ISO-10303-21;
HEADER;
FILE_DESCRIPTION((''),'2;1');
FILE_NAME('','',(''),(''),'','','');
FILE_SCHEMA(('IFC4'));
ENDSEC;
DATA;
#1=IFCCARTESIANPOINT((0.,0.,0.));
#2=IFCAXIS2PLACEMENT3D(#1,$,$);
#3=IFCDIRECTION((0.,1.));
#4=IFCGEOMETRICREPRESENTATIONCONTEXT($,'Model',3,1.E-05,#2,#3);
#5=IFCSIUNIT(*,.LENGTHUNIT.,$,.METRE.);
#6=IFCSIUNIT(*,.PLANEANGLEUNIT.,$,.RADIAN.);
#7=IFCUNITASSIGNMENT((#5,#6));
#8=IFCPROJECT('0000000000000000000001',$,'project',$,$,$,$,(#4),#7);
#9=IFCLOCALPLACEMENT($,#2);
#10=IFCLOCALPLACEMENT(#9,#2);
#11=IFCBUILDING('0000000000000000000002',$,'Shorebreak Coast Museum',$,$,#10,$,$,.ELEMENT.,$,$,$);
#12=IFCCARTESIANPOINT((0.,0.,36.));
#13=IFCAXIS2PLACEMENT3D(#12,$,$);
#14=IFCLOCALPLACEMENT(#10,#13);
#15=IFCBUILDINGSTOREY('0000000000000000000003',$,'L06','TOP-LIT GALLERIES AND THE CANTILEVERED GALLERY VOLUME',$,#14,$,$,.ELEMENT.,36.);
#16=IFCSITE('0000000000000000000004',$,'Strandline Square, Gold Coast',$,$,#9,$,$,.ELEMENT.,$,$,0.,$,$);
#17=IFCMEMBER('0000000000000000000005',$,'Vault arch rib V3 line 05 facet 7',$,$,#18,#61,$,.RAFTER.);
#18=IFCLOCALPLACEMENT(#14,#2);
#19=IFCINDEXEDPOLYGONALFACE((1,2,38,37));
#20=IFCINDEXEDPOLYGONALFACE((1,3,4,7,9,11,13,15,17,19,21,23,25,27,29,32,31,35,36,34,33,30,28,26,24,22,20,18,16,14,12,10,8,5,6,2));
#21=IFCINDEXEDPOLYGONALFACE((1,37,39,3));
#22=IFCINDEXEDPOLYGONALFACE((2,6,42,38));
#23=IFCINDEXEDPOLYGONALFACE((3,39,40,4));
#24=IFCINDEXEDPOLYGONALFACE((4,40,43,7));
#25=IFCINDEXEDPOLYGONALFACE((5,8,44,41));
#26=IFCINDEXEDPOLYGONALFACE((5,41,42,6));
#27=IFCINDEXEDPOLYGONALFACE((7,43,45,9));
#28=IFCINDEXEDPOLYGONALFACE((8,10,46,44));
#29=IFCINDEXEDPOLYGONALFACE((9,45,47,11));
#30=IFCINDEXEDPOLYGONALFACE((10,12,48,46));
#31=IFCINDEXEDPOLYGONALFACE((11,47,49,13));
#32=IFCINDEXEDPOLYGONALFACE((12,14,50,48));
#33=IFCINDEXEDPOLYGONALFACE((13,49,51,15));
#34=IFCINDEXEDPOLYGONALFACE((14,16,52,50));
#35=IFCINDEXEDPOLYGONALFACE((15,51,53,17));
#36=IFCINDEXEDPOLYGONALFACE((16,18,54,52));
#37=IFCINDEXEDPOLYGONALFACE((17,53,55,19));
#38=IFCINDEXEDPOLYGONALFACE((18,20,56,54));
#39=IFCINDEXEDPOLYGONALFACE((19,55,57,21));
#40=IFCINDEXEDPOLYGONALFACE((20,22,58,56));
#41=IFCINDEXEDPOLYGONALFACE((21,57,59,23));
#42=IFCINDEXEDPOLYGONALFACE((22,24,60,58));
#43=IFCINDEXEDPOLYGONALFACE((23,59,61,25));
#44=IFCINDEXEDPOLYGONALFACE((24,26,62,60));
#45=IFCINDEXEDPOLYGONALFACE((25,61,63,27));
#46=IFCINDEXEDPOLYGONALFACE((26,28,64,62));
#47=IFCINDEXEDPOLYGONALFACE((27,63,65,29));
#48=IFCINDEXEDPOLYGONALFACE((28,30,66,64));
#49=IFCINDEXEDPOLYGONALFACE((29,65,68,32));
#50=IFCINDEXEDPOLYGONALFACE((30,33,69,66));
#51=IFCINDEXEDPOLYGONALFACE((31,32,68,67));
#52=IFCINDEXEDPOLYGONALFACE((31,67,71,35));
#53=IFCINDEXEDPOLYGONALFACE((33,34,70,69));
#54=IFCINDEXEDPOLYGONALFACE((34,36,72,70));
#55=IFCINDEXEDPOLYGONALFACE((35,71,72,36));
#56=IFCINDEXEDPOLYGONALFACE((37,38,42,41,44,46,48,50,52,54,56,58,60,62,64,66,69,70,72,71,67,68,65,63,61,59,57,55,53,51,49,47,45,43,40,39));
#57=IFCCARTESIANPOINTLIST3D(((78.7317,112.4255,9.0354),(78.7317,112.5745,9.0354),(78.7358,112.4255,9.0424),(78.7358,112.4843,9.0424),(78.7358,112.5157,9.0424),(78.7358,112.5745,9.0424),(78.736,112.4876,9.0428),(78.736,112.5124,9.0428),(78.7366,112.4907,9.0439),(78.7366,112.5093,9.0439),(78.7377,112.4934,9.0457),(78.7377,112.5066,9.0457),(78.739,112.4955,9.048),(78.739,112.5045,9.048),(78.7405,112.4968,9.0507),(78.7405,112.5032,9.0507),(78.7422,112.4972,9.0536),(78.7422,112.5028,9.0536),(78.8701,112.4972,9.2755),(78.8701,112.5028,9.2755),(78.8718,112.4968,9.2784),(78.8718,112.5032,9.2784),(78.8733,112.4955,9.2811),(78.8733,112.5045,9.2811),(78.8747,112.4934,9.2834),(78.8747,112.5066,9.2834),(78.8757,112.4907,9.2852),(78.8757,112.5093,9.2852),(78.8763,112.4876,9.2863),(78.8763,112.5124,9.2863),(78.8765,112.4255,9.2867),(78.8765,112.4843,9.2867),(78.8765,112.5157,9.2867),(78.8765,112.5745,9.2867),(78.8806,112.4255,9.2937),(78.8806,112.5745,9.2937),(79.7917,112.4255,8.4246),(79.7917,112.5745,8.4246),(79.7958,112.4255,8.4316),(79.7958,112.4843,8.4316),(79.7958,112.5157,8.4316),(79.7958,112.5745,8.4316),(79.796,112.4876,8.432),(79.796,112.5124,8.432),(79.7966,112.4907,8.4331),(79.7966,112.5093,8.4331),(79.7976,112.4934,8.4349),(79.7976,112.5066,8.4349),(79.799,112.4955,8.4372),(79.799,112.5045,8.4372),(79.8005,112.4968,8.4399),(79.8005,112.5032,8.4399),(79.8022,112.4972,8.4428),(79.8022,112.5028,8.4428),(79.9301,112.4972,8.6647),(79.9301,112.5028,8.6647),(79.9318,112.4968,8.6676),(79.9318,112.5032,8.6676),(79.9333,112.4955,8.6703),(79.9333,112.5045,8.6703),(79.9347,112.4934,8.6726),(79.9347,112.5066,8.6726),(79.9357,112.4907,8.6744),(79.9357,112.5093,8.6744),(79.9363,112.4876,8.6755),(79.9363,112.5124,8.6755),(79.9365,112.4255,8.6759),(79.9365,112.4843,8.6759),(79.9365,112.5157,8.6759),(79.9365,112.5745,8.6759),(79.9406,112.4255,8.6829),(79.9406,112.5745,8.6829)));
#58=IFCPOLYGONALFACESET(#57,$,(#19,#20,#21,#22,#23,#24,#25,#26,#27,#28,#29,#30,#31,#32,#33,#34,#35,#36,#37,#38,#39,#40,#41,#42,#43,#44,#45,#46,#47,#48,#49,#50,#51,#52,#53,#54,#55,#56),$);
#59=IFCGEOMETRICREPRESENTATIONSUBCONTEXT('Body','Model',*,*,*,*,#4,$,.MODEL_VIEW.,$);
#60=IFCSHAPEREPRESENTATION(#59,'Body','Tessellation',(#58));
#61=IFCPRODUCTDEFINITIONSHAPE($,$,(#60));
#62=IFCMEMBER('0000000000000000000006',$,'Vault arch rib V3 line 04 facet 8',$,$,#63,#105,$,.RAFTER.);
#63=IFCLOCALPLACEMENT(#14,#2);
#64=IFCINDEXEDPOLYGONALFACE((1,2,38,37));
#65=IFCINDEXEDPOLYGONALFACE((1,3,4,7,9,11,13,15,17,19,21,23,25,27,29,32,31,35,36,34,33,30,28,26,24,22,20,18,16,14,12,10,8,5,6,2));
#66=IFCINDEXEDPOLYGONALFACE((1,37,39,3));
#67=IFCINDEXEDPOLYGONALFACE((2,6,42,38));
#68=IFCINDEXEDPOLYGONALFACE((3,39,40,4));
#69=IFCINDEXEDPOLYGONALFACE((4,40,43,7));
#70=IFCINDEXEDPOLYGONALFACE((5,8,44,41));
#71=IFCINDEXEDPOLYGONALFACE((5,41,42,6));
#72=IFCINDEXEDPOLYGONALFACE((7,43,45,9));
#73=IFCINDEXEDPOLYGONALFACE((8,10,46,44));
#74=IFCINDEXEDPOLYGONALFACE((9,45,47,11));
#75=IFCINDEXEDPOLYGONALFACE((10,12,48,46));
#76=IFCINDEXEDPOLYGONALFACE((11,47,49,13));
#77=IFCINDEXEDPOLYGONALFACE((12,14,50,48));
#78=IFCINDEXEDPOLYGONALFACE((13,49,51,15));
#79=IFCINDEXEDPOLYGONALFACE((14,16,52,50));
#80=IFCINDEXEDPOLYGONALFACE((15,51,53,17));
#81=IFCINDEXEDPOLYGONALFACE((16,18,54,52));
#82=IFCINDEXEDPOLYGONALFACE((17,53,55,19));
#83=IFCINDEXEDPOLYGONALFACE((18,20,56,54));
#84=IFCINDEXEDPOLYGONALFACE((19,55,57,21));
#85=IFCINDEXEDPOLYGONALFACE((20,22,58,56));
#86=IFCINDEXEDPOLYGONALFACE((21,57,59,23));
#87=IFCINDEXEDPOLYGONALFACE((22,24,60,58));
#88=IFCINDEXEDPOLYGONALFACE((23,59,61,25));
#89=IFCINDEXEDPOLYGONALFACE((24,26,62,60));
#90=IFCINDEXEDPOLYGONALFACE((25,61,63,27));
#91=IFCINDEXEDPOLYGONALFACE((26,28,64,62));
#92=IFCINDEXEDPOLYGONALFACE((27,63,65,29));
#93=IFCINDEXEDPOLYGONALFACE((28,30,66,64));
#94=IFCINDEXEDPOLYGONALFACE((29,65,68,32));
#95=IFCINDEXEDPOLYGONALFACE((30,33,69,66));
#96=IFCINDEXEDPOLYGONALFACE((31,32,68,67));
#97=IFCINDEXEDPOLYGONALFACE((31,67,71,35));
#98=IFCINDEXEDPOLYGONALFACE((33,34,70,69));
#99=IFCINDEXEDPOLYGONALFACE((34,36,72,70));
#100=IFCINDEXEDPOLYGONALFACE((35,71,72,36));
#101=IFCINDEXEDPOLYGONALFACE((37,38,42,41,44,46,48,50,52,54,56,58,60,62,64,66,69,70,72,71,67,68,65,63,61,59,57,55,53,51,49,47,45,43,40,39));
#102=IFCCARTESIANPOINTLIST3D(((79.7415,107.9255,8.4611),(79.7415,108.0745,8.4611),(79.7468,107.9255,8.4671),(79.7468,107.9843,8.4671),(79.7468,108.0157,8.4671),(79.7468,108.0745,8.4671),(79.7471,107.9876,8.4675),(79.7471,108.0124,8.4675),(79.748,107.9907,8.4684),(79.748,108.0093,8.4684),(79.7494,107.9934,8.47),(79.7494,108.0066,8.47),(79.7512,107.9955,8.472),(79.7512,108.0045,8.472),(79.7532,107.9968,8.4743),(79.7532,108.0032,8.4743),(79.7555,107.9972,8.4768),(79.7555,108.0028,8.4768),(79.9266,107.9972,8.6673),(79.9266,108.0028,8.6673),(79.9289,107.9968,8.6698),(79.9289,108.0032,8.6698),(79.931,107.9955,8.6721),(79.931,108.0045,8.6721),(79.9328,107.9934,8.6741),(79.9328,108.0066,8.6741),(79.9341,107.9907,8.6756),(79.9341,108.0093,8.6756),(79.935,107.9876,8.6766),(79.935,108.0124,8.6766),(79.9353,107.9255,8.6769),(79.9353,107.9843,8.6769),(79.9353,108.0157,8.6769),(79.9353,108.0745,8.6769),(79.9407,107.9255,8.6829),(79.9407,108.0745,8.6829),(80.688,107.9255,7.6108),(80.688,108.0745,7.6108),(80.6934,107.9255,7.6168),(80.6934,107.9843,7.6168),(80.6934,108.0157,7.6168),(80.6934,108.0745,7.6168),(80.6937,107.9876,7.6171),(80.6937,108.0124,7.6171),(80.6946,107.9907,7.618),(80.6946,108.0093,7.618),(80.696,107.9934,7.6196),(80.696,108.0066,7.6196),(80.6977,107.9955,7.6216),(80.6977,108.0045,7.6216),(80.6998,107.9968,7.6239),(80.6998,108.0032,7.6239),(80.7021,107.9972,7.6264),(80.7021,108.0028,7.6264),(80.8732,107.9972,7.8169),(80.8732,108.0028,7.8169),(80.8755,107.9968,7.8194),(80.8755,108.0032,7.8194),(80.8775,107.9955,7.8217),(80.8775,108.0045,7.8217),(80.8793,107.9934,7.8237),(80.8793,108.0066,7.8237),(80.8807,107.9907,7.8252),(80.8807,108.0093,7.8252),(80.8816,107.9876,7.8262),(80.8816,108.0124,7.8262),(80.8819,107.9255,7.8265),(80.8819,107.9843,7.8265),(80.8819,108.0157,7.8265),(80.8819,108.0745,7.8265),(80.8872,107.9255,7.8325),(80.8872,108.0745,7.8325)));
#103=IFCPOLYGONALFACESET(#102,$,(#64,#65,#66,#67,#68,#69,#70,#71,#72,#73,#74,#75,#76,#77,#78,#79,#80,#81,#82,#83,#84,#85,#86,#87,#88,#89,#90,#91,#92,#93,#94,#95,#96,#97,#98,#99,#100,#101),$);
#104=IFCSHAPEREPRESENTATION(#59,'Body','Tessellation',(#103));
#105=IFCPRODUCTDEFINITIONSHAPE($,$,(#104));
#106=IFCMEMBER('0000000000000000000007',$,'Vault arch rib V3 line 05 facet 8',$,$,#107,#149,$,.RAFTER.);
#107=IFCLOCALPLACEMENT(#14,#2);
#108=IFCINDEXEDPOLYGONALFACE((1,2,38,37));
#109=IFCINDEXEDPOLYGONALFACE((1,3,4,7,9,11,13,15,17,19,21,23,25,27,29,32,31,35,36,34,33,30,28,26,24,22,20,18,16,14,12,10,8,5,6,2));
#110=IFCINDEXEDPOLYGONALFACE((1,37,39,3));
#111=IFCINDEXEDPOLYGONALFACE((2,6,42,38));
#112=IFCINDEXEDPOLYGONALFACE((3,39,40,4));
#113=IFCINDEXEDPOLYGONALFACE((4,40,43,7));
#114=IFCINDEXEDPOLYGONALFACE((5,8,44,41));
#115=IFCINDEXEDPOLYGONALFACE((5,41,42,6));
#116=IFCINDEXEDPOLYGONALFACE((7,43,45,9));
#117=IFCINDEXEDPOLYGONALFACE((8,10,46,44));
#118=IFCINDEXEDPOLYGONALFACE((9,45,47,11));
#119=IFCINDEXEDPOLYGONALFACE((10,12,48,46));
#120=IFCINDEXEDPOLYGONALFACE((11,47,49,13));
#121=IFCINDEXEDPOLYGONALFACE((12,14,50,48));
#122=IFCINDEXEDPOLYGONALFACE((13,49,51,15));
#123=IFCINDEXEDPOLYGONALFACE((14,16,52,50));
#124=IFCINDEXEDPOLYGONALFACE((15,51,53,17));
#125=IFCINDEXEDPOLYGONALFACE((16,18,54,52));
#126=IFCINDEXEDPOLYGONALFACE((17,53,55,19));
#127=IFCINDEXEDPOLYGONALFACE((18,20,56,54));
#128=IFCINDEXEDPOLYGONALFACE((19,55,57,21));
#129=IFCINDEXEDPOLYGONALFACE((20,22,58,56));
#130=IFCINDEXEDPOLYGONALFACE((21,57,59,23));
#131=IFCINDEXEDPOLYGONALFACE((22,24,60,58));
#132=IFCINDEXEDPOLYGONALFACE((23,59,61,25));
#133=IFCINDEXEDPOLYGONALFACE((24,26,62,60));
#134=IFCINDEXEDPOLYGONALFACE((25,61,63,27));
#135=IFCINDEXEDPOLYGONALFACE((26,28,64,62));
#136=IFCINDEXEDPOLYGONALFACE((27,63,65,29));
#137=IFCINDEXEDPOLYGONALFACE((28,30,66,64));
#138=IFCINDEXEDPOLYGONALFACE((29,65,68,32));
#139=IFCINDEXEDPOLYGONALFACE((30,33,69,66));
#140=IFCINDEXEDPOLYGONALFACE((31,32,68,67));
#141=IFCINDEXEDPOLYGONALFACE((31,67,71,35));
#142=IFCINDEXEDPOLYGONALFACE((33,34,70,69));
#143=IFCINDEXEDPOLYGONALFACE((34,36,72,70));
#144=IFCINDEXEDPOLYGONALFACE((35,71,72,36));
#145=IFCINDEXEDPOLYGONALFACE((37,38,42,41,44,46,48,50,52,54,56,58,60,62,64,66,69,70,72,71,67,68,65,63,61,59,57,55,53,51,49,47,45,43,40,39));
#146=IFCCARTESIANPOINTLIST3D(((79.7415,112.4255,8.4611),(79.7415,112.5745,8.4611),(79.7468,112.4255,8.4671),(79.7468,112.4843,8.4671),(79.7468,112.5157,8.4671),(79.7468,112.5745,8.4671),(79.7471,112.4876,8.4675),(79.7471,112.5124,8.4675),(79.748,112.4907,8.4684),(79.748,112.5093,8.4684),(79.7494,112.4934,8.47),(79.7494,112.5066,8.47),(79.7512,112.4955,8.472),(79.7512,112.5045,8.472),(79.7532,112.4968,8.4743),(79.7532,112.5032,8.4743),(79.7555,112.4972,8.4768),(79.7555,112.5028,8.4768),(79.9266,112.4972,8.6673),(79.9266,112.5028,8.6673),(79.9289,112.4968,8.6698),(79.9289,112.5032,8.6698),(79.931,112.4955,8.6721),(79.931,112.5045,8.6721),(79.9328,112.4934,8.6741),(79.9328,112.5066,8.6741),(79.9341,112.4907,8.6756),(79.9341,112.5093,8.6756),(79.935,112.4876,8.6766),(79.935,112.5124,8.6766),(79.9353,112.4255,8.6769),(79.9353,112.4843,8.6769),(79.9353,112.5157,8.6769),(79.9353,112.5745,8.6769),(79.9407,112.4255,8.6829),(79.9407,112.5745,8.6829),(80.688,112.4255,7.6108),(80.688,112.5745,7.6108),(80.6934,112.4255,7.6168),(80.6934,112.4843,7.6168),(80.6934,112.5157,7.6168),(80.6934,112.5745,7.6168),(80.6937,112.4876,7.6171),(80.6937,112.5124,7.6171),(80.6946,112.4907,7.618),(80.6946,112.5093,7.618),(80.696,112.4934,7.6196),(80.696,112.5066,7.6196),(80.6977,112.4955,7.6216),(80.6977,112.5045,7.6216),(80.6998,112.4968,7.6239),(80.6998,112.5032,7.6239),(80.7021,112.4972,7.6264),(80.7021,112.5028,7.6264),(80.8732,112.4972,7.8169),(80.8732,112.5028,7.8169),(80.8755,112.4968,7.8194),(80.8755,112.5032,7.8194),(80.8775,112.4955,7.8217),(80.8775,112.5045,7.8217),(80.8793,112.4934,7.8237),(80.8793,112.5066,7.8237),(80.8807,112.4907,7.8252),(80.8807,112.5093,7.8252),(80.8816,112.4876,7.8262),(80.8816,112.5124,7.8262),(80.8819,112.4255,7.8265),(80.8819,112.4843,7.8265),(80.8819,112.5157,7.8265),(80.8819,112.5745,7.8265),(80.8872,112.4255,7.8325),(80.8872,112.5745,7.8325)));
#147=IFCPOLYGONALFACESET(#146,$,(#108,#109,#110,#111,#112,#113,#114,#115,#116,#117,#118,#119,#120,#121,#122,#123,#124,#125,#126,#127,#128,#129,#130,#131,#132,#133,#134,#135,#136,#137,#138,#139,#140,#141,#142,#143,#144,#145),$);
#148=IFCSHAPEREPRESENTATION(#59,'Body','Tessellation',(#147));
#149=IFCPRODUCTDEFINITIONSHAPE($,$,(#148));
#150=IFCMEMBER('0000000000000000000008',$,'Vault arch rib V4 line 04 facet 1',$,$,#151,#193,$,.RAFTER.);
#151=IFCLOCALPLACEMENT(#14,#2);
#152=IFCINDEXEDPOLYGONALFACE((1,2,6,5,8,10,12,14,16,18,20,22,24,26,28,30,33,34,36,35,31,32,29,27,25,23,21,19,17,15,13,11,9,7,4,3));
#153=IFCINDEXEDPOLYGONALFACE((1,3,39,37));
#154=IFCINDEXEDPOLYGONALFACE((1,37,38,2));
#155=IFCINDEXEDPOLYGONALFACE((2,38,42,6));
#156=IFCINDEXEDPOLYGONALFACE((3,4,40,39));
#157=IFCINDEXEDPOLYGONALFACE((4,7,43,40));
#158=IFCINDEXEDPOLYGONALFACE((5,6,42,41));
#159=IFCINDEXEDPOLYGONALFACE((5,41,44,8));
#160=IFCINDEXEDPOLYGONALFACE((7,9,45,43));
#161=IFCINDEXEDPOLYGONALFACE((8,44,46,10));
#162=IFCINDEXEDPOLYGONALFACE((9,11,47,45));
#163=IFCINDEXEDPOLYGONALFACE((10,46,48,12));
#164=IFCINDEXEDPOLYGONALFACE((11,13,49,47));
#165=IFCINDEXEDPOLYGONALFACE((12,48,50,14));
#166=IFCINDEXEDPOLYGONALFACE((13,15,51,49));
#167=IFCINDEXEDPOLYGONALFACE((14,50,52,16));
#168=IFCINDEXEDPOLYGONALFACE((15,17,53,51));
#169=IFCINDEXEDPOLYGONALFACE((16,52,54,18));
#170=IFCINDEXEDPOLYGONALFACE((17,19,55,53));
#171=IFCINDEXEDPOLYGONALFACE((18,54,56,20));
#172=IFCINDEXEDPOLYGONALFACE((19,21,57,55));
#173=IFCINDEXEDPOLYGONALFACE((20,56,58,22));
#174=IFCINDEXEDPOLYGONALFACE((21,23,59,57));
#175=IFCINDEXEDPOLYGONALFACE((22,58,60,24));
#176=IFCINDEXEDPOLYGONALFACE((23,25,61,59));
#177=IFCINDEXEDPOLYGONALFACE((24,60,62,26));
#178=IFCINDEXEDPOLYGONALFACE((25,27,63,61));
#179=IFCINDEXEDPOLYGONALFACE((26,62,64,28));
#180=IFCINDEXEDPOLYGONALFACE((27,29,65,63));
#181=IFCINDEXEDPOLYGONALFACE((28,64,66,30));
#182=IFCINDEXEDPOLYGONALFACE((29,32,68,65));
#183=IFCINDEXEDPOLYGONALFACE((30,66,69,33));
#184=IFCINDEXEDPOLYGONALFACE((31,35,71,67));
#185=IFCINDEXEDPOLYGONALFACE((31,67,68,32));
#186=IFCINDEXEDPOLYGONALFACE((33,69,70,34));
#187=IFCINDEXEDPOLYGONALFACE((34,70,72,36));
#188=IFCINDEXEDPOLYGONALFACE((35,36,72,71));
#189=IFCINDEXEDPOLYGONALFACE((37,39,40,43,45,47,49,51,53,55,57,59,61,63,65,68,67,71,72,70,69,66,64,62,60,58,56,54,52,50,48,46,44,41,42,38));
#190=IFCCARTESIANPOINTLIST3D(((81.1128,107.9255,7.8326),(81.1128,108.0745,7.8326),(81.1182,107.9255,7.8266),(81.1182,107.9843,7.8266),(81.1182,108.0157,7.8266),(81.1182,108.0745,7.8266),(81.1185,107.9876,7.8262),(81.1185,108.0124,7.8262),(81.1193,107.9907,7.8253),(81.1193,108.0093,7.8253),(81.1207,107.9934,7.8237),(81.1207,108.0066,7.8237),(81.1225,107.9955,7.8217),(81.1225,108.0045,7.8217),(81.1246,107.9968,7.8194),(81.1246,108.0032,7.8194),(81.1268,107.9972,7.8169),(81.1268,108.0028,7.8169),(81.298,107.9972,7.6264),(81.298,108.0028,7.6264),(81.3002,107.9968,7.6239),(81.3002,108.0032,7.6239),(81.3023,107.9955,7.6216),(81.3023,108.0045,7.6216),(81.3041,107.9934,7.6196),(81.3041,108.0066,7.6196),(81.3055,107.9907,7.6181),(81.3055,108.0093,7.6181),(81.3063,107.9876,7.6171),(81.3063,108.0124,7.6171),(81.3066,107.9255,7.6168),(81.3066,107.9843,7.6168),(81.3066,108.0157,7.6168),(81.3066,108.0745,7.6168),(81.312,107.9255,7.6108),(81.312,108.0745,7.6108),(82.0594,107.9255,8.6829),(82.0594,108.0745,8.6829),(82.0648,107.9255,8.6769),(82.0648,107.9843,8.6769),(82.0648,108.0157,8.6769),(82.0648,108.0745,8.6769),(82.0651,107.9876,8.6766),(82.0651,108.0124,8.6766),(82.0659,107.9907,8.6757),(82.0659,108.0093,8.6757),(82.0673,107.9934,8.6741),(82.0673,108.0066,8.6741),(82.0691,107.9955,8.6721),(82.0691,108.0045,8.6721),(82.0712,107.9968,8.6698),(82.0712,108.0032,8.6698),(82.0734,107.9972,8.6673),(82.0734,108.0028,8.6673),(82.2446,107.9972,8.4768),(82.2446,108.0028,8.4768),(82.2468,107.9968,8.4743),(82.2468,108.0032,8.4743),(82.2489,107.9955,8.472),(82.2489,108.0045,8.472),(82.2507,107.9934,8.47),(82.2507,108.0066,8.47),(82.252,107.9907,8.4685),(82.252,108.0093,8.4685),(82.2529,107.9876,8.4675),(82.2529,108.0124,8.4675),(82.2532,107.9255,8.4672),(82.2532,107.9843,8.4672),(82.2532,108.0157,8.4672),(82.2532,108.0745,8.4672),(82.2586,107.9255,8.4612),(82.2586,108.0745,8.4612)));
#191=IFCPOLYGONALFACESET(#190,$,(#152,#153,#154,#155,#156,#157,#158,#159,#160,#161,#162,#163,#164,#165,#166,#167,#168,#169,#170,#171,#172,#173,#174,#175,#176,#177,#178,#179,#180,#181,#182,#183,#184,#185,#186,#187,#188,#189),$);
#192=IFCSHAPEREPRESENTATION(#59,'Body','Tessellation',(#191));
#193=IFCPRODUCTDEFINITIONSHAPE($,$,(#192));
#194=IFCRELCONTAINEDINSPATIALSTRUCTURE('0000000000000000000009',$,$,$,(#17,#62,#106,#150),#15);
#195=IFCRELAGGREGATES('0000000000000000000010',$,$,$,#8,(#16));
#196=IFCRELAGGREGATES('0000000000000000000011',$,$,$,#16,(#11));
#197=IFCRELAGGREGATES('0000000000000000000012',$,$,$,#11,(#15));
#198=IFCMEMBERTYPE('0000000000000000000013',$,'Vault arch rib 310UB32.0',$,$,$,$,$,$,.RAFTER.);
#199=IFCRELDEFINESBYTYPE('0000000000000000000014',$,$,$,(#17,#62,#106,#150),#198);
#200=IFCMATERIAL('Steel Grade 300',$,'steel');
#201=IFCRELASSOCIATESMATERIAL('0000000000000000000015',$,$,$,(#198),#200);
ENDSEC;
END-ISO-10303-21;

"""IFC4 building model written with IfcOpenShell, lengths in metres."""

from ifc_helpers import new_model, si_unit, direction, frame, origin, origin_2d, place, context, subcontext, project, spatial, i_section, extrude, material, material_profile, profile_set, type_object, element, save


model = new_model("IFC4")

# Units and contexts
model_context = context("Model", 3, precision=1e-05, world=origin(), true_north=direction((0.0, 1.0)))
body_context = subcontext(model_context, "Body", "Model", "MODEL_VIEW")
ifc_project = project(units=[si_unit("LENGTHUNIT", "METRE"), si_unit("PLANEANGLEUNIT", "RADIAN")], contexts=[model_context])

# Site, building, storey
site_placement = place(None, origin())
site = spatial("IfcSite", under=ifc_project, at=site_placement, Name="Strandline Square, Gold Coast", CompositionType="ELEMENT", RefElevation=0.0)
building_placement = place(site_placement, origin())
building = spatial("IfcBuilding", under=site, at=building_placement, Name="Shorebreak Coast Museum", CompositionType="ELEMENT")
storey_placement = place(building_placement, frame((0.0, 0.0, 36.0)))
storey = spatial("IfcBuildingStorey", under=building, at=storey_placement, Name="L06", Description="TOP-LIT GALLERIES AND THE CANTILEVERED GALLERY VOLUME", CompositionType="ELEMENT", Elevation=36.0)

# Members
ifc_material_1 = material(Name="Steel Grade 300", Category="steel")
ifc_material_profile_1 = material_profile(ifc_material_1, i_section(OverallWidth=0.1489, OverallDepth=0.2981, WebThickness=0.0056, FlangeThickness=0.0081, FilletRadius=0.0129, at=origin_2d()), Name="310UB32.0")
ifc_profile_set_1 = profile_set([ifc_material_profile_1], Name="Steel Grade 300")
member_type_1 = type_object("IfcMemberType", Name="Vault arch rib 310UB32.0", PredefinedType="RAFTER", material=ifc_profile_set_1)
for number, where, z_axis, x_axis, name in (
    (1, (78.8062, 112.5, 9.1646), (0.866445, 0.0, -0.499273), (0.0, 1.0, 0.0), "Vault arch rib V3 line 05 facet 7"),
):
    element("IfcMember", number, at=place(storey_placement, frame(where, z_axis=z_axis, x_axis=x_axis)), inside=storey, type_object=member_type_1, Name=name, PredefinedType="RAFTER", context=body_context, shape_type="SweptSolid", body=[
        extrude(i_section(OverallWidth=0.1489, OverallDepth=0.2981, WebThickness=0.0056, FlangeThickness=0.0081, FilletRadius=0.0129, at=origin_2d()), origin(), (0.0, 0.0, 1.0), 1.2234),
    ])
for number, where, z_axis, x_axis, name in (
    (2, (79.8411, 108.0, 8.572), (0.743895, 0.0, -0.668297), (0.0, 1.0, 0.0), "Vault arch rib V3 line 04 facet 8"),
    (3, (79.8411, 112.5, 8.572), (0.743895, 0.0, -0.668297), (0.0, 1.0, 0.0), "Vault arch rib V3 line 05 facet 8"),
    (4, (81.2124, 108.0, 7.7217), (0.743895, 0.0, 0.668297), (0.0, 1.0, 0.0), "Vault arch rib V4 line 04 facet 1"),
):
    element("IfcMember", number, at=place(storey_placement, frame(where, z_axis=z_axis, x_axis=x_axis)), inside=storey, type_object=member_type_1, Name=name, PredefinedType="RAFTER", context=body_context, shape_type="SweptSolid", body=[
        extrude(i_section(OverallWidth=0.1489, OverallDepth=0.2981, WebThickness=0.0056, FlangeThickness=0.0081, FilletRadius=0.0129, at=origin_2d()), origin(), (0.0, 0.0, 1.0), 1.2725),
    ])

save(model, "model.ifc")
